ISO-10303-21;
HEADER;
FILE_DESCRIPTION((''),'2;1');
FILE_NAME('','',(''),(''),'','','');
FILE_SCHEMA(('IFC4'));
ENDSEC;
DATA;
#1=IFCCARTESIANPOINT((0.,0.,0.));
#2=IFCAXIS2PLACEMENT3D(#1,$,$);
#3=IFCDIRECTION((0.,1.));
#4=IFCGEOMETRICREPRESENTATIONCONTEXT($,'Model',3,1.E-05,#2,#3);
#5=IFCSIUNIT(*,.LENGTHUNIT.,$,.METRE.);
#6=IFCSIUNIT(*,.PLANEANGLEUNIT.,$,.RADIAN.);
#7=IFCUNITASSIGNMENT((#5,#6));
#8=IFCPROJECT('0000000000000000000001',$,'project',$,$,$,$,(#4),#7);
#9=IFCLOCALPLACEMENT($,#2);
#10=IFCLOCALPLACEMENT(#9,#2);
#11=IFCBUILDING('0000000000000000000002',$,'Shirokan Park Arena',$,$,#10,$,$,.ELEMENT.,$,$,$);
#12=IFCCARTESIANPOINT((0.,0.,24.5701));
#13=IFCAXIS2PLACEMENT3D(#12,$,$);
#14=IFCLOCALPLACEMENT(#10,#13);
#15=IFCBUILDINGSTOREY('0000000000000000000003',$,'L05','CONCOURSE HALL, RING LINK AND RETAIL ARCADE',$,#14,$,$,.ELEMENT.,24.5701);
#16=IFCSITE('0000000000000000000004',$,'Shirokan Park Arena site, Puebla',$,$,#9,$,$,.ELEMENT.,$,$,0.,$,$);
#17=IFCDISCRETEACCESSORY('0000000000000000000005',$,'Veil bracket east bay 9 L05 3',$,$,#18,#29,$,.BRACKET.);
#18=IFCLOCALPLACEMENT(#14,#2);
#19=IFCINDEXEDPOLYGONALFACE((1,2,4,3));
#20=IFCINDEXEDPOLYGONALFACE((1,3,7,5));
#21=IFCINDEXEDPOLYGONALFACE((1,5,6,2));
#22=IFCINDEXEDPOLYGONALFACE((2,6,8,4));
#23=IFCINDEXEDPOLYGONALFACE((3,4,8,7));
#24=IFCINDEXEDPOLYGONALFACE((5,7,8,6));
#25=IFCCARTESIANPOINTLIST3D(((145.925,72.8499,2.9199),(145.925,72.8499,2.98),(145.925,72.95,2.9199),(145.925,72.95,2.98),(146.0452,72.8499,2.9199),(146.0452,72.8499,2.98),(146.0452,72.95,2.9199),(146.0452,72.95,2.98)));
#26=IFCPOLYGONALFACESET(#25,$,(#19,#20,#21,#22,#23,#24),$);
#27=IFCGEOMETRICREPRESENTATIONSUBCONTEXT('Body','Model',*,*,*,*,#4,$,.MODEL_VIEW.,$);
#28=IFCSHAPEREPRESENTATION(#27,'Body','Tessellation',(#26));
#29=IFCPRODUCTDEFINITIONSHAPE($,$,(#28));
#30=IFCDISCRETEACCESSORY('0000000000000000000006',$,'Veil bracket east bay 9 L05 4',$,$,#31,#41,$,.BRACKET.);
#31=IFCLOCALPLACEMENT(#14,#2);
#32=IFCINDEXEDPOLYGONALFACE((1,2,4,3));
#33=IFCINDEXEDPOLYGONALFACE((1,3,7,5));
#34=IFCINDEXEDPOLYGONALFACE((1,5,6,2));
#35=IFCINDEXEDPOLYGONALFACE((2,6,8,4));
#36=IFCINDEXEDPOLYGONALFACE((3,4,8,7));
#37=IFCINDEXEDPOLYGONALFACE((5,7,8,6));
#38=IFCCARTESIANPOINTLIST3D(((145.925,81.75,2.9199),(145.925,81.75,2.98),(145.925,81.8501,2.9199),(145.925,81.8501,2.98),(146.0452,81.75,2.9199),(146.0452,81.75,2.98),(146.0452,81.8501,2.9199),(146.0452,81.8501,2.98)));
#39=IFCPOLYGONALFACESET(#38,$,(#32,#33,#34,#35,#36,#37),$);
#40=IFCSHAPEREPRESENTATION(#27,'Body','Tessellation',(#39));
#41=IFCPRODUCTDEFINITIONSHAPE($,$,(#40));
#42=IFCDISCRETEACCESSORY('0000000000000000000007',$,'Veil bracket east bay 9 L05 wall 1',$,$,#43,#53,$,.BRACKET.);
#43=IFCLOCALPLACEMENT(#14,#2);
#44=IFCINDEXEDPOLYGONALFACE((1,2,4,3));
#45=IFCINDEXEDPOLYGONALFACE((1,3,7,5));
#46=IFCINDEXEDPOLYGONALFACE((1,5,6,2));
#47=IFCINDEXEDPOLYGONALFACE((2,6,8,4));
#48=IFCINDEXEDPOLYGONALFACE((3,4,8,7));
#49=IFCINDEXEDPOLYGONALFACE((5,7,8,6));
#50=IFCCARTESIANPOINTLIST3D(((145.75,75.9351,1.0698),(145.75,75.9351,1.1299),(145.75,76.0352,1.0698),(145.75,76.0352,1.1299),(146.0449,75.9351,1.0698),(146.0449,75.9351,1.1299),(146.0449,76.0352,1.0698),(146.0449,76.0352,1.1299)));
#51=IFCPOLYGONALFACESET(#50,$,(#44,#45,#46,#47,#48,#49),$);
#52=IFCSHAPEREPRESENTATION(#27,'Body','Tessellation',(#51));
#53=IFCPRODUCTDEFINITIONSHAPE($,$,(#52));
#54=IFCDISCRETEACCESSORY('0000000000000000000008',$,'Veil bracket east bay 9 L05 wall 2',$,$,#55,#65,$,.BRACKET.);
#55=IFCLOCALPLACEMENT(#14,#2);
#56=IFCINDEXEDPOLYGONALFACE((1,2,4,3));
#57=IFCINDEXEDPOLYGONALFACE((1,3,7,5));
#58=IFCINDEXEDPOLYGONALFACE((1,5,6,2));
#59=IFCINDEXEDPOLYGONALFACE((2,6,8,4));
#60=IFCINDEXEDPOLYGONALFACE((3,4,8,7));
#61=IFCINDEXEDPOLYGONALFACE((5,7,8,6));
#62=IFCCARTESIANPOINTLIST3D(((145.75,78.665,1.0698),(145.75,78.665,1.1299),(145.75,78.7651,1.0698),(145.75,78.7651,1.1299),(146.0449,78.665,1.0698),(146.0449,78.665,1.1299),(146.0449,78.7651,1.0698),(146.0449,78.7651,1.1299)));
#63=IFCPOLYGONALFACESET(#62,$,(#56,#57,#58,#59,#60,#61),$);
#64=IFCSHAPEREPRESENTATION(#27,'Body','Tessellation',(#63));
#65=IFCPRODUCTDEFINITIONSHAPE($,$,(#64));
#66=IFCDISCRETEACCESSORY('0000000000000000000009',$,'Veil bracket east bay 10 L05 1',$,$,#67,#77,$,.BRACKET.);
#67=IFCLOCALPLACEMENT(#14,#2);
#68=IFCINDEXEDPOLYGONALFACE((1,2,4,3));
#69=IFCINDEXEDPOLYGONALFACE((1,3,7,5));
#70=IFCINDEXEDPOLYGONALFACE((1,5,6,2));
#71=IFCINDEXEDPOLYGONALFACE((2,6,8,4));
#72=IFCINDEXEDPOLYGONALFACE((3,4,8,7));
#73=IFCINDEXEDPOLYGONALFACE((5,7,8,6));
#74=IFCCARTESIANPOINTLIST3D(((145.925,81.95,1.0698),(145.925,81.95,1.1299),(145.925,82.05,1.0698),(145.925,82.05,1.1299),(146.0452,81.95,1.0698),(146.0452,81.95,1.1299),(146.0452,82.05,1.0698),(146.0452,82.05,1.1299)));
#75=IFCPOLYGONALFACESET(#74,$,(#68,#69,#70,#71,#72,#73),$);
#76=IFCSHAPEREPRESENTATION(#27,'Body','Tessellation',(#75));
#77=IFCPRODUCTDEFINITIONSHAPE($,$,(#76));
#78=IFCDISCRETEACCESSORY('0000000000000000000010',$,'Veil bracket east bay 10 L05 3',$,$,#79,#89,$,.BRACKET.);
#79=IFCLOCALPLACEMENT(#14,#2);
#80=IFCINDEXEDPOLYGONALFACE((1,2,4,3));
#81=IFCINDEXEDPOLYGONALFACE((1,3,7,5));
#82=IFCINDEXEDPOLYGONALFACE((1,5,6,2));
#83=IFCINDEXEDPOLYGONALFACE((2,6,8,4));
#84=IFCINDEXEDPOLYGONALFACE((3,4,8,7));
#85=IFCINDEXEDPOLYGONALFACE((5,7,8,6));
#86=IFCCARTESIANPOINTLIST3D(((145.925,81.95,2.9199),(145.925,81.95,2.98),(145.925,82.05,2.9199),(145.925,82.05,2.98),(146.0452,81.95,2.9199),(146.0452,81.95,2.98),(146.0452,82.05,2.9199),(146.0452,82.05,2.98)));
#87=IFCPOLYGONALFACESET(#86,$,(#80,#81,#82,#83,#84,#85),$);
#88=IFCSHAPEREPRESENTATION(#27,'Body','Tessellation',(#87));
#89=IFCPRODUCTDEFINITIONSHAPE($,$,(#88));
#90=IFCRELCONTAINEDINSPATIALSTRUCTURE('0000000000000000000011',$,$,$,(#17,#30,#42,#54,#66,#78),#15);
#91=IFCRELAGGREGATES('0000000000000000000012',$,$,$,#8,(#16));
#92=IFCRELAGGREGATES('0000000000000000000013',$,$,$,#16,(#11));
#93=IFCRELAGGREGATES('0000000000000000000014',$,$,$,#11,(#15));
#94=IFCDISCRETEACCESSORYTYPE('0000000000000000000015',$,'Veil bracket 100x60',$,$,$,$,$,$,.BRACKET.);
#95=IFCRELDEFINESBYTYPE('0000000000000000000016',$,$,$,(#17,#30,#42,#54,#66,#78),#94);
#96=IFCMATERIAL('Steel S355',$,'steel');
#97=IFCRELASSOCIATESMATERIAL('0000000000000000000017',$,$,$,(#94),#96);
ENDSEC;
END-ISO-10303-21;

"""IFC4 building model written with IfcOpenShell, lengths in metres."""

from ifc_helpers import new_model, si_unit, direction, frame, origin, origin_2d, place, context, subcontext, project, spatial, rectangle, extrude, material, type_object, element, save


model = new_model("IFC4")

# Units and contexts
model_context = context("Model", 3, precision=1e-05, world=origin(), true_north=direction((0.0, 1.0)))
body_context = subcontext(model_context, "Body", "Model", "MODEL_VIEW")
ifc_project = project(units=[si_unit("LENGTHUNIT", "METRE"), si_unit("PLANEANGLEUNIT", "RADIAN")], contexts=[model_context])

# Site, building, storey
site_placement = place(None, origin())
site = spatial("IfcSite", under=ifc_project, at=site_placement, Name="Shirokan Park Arena site, Puebla", CompositionType="ELEMENT", RefElevation=0.0)
building_placement = place(site_placement, origin())
building = spatial("IfcBuilding", under=site, at=building_placement, Name="Shirokan Park Arena", CompositionType="ELEMENT")
storey_placement = place(building_placement, frame((0.0, 0.0, 24.5701)))
storey = spatial("IfcBuildingStorey", under=building, at=storey_placement, Name="L05", Description="CONCOURSE HALL, RING LINK AND RETAIL ARCADE", CompositionType="ELEMENT", Elevation=24.5701)

# Discrete accessories
ifc_material_1 = material(Name="Steel S355", Category="steel")
discrete_accessory_type = type_object("IfcDiscreteAccessoryType", Name="Veil bracket 100x60", PredefinedType="BRACKET", material=ifc_material_1)
for number, where, z_axis, x_axis, name in (
    (1, (145.9851, 72.8999, 2.9199), (0.0, 0.0, 1.0), (0.0, 1.0, 0.0), "Veil bracket east bay 9 L05 3"),
    (2, (145.9851, 81.8, 2.9199), (0.0, 0.0, 1.0), (0.0, 1.0, 0.0), "Veil bracket east bay 9 L05 4"),
):
    element("IfcDiscreteAccessory", number, at=place(storey_placement, frame(where, z_axis=z_axis, x_axis=x_axis)), inside=storey, type_object=discrete_accessory_type, Name=name, PredefinedType="BRACKET", context=body_context, shape_type="SweptSolid", body=[
        extrude(rectangle(XDim=0.1001, YDim=0.1201, at=origin_2d()), origin(), (0.0, 0.0, 1.0), 0.0601),
    ])
for number, where, z_axis, x_axis, name in (
    (3, (145.8975, 75.9851, 1.0698), (0.0, 0.0, 1.0), (0.0, 1.0, 0.0), "Veil bracket east bay 9 L05 wall 1"),
    (4, (145.8975, 78.7151, 1.0698), (0.0, 0.0, 1.0), (0.0, 1.0, 0.0), "Veil bracket east bay 9 L05 wall 2"),
):
    element("IfcDiscreteAccessory", number, at=place(storey_placement, frame(where, z_axis=z_axis, x_axis=x_axis)), inside=storey, type_object=discrete_accessory_type, Name=name, PredefinedType="BRACKET", context=body_context, shape_type="SweptSolid", body=[
        extrude(rectangle(XDim=0.1001, YDim=0.2949, at=origin_2d()), origin(), (0.0, 0.0, 1.0), 0.0601),
    ])
for number, where, z_axis, x_axis, name in (
    (5, (145.9851, 82.0, 1.0698), (0.0, 0.0, 1.0), (0.0, 1.0, 0.0), "Veil bracket east bay 10 L05 1"),
    (6, (145.9851, 82.0, 2.9199), (0.0, 0.0, 1.0), (0.0, 1.0, 0.0), "Veil bracket east bay 10 L05 3"),
):
    element("IfcDiscreteAccessory", number, at=place(storey_placement, frame(where, z_axis=z_axis, x_axis=x_axis)), inside=storey, type_object=discrete_accessory_type, Name=name, PredefinedType="BRACKET", context=body_context, shape_type="SweptSolid", body=[
        extrude(rectangle(XDim=0.1001, YDim=0.1201, at=origin_2d()), origin(), (0.0, 0.0, 1.0), 0.0601),
    ])

save(model, "model.ifc")
